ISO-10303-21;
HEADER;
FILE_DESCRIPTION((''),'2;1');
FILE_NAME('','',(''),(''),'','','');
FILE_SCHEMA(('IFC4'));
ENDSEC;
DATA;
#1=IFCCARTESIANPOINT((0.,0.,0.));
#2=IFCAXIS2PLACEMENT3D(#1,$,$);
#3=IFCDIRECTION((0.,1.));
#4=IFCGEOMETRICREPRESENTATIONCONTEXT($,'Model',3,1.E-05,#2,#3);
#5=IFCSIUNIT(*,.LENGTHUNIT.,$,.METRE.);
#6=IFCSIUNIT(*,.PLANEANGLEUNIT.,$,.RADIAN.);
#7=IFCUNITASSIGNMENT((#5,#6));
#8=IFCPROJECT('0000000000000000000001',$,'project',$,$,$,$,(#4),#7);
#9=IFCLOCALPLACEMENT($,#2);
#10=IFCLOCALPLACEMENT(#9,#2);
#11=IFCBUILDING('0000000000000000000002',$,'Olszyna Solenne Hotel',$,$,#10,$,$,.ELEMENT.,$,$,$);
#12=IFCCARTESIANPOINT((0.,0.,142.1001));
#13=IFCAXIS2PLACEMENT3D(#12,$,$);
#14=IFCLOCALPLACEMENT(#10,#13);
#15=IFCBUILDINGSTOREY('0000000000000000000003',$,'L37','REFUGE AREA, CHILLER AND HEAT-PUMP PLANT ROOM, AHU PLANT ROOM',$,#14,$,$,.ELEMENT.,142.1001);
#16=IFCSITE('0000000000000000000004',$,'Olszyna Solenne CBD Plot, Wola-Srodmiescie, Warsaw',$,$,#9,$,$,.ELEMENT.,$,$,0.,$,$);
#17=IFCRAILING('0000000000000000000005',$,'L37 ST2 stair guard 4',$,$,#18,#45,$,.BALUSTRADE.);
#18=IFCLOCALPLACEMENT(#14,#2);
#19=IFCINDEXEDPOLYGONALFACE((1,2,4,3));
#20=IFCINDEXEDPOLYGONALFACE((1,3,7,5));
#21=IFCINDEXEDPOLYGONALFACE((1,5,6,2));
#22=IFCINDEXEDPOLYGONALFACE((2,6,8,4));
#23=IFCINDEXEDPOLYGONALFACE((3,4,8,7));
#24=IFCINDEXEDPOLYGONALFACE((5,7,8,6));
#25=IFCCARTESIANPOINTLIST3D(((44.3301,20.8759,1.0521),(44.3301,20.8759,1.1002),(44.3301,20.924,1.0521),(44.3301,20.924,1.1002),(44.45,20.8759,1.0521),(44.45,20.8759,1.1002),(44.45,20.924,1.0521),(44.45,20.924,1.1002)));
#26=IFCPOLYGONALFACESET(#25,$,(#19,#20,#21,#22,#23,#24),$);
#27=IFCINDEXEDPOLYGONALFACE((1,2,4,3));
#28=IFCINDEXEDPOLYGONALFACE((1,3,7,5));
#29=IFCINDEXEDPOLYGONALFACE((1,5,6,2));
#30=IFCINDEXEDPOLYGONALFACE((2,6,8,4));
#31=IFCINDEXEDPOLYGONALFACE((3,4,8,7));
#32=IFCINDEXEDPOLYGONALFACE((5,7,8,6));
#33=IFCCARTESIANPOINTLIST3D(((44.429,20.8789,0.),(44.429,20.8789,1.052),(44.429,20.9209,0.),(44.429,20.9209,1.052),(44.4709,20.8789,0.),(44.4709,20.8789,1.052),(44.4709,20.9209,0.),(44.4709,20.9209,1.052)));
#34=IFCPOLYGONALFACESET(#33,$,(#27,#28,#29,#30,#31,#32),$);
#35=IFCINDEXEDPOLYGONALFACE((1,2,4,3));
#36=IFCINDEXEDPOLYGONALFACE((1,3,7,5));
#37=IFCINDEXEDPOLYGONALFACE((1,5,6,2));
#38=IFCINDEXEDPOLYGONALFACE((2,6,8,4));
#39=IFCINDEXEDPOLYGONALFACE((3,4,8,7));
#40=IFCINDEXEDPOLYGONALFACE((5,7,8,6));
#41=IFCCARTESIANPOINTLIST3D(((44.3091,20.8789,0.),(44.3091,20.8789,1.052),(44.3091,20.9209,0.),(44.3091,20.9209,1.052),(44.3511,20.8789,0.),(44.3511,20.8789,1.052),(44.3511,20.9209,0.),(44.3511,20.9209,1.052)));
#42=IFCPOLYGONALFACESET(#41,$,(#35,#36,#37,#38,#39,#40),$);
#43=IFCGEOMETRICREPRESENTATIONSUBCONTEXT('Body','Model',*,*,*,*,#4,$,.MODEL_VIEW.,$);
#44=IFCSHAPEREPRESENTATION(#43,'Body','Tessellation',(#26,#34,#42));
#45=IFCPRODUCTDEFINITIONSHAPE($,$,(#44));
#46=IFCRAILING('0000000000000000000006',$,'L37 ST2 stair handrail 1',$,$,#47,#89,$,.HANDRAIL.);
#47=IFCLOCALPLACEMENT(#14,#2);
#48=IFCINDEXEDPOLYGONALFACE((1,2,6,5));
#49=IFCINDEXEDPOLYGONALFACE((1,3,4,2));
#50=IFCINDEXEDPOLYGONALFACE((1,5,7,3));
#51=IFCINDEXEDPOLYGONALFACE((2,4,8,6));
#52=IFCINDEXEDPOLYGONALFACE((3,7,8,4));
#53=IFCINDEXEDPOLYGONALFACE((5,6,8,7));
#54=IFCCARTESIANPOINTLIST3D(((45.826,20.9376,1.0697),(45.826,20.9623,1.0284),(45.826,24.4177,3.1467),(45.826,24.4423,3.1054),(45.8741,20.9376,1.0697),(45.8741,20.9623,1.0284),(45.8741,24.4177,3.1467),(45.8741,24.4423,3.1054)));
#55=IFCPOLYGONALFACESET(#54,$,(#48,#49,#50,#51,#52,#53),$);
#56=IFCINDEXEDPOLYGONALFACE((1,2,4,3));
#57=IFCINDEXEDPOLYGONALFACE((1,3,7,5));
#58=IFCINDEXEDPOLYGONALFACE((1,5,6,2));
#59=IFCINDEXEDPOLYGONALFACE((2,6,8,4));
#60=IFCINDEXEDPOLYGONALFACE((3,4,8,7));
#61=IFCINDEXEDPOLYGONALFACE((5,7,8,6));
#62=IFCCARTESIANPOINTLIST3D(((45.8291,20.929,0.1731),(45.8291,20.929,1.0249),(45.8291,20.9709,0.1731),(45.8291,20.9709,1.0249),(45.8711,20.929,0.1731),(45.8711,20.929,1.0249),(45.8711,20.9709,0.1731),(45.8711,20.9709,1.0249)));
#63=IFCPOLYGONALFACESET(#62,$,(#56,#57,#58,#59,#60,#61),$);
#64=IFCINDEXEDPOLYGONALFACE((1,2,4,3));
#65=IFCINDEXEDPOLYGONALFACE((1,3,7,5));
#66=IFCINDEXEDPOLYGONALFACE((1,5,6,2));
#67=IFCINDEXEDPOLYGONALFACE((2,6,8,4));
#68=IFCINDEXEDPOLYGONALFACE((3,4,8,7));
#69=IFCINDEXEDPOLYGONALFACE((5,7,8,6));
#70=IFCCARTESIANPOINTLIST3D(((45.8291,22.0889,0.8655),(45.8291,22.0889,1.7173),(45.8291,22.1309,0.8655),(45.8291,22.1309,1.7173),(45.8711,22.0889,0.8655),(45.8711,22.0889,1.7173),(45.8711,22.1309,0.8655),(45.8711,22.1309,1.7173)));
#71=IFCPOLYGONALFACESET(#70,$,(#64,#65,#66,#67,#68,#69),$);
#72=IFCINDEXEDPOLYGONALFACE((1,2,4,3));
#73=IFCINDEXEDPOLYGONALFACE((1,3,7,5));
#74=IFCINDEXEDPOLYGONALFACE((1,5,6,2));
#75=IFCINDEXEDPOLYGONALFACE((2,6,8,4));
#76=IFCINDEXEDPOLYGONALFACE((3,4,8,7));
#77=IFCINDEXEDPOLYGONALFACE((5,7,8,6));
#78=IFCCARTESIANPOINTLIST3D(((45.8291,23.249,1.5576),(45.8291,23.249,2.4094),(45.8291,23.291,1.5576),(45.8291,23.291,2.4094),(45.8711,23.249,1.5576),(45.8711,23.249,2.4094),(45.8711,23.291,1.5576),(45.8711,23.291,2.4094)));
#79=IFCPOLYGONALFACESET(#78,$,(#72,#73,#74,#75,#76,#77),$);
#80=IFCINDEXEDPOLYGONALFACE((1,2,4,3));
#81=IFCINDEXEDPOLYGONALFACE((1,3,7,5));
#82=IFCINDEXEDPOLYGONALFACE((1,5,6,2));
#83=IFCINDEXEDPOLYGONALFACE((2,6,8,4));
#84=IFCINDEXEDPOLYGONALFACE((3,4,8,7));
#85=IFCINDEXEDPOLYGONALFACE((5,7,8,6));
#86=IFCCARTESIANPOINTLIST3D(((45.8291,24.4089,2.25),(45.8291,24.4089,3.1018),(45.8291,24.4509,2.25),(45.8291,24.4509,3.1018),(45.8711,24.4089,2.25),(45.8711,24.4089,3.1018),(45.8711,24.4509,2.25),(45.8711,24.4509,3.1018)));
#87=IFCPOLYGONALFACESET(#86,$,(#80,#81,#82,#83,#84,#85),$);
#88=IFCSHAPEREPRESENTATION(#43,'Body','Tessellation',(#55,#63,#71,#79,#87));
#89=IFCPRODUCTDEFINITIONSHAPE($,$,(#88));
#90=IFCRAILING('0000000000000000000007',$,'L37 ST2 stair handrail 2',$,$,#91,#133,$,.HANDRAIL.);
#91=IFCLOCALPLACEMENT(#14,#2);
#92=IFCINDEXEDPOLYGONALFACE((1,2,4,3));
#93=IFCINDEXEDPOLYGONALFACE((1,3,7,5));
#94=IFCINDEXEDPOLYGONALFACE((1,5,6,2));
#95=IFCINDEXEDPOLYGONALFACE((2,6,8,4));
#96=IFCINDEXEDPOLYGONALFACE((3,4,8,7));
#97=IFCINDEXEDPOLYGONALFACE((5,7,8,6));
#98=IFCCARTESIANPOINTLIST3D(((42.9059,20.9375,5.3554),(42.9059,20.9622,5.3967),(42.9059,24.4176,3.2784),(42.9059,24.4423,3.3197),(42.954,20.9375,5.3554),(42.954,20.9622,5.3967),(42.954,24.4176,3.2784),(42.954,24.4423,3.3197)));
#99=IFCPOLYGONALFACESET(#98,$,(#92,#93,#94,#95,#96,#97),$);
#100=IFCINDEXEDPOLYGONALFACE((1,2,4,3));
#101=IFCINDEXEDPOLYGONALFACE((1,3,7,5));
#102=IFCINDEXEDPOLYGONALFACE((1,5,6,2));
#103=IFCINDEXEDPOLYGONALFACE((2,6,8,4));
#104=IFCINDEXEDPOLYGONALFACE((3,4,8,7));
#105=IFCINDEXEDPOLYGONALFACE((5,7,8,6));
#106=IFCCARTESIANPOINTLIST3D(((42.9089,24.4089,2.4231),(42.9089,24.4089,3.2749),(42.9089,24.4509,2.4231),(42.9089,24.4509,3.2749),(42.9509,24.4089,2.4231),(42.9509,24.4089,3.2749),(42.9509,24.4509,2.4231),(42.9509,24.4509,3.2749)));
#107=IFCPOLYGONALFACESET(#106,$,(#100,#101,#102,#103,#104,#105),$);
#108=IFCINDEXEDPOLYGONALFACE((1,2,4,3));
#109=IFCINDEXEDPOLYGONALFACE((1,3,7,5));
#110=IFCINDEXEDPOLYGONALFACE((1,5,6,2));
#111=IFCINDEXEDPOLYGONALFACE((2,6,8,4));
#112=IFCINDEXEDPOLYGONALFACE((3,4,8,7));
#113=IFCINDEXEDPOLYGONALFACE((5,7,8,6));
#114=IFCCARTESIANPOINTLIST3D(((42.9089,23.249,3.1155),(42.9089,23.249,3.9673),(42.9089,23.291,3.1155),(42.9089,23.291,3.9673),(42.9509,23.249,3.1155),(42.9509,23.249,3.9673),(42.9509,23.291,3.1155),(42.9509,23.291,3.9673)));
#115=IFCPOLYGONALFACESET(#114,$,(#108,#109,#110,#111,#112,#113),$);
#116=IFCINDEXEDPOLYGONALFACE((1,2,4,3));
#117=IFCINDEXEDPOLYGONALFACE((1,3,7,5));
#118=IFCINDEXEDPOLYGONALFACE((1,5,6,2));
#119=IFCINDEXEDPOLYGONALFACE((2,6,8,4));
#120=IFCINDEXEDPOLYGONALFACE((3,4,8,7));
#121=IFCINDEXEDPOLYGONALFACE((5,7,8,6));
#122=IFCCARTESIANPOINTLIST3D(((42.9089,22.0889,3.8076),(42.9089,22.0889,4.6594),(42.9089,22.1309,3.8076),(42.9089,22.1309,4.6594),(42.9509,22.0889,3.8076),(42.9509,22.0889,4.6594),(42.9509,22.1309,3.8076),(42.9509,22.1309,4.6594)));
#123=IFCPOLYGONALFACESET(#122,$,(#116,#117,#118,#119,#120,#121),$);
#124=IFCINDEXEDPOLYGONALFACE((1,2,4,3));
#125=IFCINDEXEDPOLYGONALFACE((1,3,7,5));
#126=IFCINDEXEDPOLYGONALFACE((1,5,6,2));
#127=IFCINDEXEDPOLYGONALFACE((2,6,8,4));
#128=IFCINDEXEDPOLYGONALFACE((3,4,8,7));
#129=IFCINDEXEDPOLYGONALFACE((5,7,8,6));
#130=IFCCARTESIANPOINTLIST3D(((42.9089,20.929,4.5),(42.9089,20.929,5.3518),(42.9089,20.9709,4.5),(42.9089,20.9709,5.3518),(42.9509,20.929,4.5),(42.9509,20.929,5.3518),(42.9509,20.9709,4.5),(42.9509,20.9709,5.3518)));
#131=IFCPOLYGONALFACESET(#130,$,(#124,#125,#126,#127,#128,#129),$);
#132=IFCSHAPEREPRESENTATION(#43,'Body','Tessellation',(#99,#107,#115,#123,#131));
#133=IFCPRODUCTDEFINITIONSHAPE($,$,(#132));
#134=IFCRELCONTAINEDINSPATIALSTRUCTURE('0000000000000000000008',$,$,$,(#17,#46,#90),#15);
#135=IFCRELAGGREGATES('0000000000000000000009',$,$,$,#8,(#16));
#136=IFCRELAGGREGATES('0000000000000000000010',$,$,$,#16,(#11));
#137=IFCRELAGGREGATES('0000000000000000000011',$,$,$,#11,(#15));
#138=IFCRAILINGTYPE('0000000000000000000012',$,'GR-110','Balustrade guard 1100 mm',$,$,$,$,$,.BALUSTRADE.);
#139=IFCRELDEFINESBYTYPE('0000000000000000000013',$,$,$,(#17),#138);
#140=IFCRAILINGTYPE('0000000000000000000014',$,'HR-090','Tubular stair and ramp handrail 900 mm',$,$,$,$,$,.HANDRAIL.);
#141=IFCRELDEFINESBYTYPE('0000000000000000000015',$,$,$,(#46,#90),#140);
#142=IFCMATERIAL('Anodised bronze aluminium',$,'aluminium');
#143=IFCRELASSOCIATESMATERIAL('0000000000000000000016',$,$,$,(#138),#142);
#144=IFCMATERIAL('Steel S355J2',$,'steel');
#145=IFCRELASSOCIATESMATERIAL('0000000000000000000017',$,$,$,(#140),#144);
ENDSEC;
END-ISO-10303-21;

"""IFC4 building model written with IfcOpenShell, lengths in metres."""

from ifc_helpers import new_model, si_unit, direction, frame, origin, origin_2d, place, context, subcontext, project, spatial, rectangle, extrude, material, type_object, element, save


model = new_model("IFC4")

# Units and contexts
model_context = context("Model", 3, precision=1e-05, world=origin(), true_north=direction((0.0, 1.0)))
body_context = subcontext(model_context, "Body", "Model", "MODEL_VIEW")
ifc_project = project(units=[si_unit("LENGTHUNIT", "METRE"), si_unit("PLANEANGLEUNIT", "RADIAN")], contexts=[model_context])

# Site, building, storey
site_placement = place(None, origin())
site = spatial("IfcSite", under=ifc_project, at=site_placement, Name="Olszyna Solenne CBD Plot, Wola-Srodmiescie, Warsaw", CompositionType="ELEMENT", RefElevation=0.0)
building_placement = place(site_placement, origin())
building = spatial("IfcBuilding", under=site, at=building_placement, Name="Olszyna Solenne Hotel", CompositionType="ELEMENT")
storey_placement = place(building_placement, frame((0.0, 0.0, 142.1001)))
storey = spatial("IfcBuildingStorey", under=building, at=storey_placement, Name="L37", Description="REFUGE AREA, CHILLER AND HEAT-PUMP PLANT ROOM, AHU PLANT ROOM", CompositionType="ELEMENT", Elevation=142.1001)

# Shared definitions
ifc_material_1 = material(Name="Steel S355J2", Category="steel")

# Railings
ifc_material_2 = material(Name="Anodised bronze aluminium", Category="aluminium")
railing_type_1 = type_object("IfcRailingType", Name="GR-110", Description="Balustrade guard 1100 mm", PredefinedType="BALUSTRADE", material=ifc_material_2)
railing_1_placement = place(storey_placement, frame((44.45, 20.8999, 0.0)))
element("IfcRailing", 1, at=railing_1_placement, inside=storey, type_object=railing_type_1, Name="L37 ST2 stair guard 4", PredefinedType="BALUSTRADE", context=body_context, shape_type="SweptSolid", body=[
    extrude(rectangle(XDim=0.0481, YDim=0.0481, at=origin_2d()), frame((0.0, 0.0, 1.0762), z_axis=(-1.0, 0.0, 0.0), x_axis=(0.0, -1.0, 0.0)), (0.0, 0.0, 1.0), 0.1199),
    extrude(rectangle(XDim=0.042, YDim=0.042, at=origin_2d()), origin(), (0.0, 0.0, 1.0), 1.052),
    extrude(rectangle(XDim=0.042, YDim=0.042, at=origin_2d()), frame((-0.1199, 0.0, 0.0)), (0.0, 0.0, 1.0), 1.052),
])
railing_type_2 = type_object("IfcRailingType", Name="HR-090", Description="Tubular stair and ramp handrail 900 mm", PredefinedType="HANDRAIL", material=ifc_material_1)
railing_2_placement = place(storey_placement, frame((45.8501, 20.95, 0.1731)))
element("IfcRailing", 2, at=railing_2_placement, inside=storey, type_object=railing_type_2, Name="L37 ST2 stair handrail 1", PredefinedType="HANDRAIL", context=body_context, shape_type="SweptSolid", body=[
    extrude(rectangle(XDim=0.0481, YDim=0.0481, at=origin_2d()), frame((0.0, 0.0, 0.876), z_axis=(0.0, 0.858697, 0.512483), x_axis=(-1.0, 0.0, 0.0)), (0.0, 0.0, 1.0), 4.0527),
    extrude(rectangle(XDim=0.042, YDim=0.042, at=origin_2d()), origin(), (0.0, 0.0, 1.0), 0.8518),
    extrude(rectangle(XDim=0.042, YDim=0.042, at=origin_2d()), frame((0.0, 1.1599, 0.6924)), (0.0, 0.0, 1.0), 0.8518),
    extrude(rectangle(XDim=0.042, YDim=0.042, at=origin_2d()), frame((0.0, 2.3201, 1.3845)), (0.0, 0.0, 1.0), 0.8518),
    extrude(rectangle(XDim=0.042, YDim=0.042, at=origin_2d()), frame((0.0, 3.48, 2.0769)), (0.0, 0.0, 1.0), 0.8518),
])
railing_3_placement = place(storey_placement, frame((42.9299, 24.4299, 2.4231)))
element("IfcRailing", 3, at=railing_3_placement, inside=storey, type_object=railing_type_2, Name="L37 ST2 stair handrail 2", PredefinedType="HANDRAIL", context=body_context, shape_type="SweptSolid", body=[
    extrude(rectangle(XDim=0.0481, YDim=0.0481, at=origin_2d()), frame((0.0, 0.0, 0.876), z_axis=(0.0, -0.858697, 0.512483), x_axis=(1.0, 0.0, 0.0)), (0.0, 0.0, 1.0), 4.0527),
    extrude(rectangle(XDim=0.042, YDim=0.042, at=origin_2d()), origin(), (0.0, 0.0, 1.0), 0.8518),
    extrude(rectangle(XDim=0.042, YDim=0.042, at=origin_2d()), frame((0.0, -1.1599, 0.6924)), (0.0, 0.0, 1.0), 0.8518),
    extrude(rectangle(XDim=0.042, YDim=0.042, at=origin_2d()), frame((0.0, -2.3201, 1.3845)), (0.0, 0.0, 1.0), 0.8518),
    extrude(rectangle(XDim=0.042, YDim=0.042, at=origin_2d()), frame((0.0, -3.48, 2.0769)), (0.0, 0.0, 1.0), 0.8518),
])

save(model, "model.ifc")
